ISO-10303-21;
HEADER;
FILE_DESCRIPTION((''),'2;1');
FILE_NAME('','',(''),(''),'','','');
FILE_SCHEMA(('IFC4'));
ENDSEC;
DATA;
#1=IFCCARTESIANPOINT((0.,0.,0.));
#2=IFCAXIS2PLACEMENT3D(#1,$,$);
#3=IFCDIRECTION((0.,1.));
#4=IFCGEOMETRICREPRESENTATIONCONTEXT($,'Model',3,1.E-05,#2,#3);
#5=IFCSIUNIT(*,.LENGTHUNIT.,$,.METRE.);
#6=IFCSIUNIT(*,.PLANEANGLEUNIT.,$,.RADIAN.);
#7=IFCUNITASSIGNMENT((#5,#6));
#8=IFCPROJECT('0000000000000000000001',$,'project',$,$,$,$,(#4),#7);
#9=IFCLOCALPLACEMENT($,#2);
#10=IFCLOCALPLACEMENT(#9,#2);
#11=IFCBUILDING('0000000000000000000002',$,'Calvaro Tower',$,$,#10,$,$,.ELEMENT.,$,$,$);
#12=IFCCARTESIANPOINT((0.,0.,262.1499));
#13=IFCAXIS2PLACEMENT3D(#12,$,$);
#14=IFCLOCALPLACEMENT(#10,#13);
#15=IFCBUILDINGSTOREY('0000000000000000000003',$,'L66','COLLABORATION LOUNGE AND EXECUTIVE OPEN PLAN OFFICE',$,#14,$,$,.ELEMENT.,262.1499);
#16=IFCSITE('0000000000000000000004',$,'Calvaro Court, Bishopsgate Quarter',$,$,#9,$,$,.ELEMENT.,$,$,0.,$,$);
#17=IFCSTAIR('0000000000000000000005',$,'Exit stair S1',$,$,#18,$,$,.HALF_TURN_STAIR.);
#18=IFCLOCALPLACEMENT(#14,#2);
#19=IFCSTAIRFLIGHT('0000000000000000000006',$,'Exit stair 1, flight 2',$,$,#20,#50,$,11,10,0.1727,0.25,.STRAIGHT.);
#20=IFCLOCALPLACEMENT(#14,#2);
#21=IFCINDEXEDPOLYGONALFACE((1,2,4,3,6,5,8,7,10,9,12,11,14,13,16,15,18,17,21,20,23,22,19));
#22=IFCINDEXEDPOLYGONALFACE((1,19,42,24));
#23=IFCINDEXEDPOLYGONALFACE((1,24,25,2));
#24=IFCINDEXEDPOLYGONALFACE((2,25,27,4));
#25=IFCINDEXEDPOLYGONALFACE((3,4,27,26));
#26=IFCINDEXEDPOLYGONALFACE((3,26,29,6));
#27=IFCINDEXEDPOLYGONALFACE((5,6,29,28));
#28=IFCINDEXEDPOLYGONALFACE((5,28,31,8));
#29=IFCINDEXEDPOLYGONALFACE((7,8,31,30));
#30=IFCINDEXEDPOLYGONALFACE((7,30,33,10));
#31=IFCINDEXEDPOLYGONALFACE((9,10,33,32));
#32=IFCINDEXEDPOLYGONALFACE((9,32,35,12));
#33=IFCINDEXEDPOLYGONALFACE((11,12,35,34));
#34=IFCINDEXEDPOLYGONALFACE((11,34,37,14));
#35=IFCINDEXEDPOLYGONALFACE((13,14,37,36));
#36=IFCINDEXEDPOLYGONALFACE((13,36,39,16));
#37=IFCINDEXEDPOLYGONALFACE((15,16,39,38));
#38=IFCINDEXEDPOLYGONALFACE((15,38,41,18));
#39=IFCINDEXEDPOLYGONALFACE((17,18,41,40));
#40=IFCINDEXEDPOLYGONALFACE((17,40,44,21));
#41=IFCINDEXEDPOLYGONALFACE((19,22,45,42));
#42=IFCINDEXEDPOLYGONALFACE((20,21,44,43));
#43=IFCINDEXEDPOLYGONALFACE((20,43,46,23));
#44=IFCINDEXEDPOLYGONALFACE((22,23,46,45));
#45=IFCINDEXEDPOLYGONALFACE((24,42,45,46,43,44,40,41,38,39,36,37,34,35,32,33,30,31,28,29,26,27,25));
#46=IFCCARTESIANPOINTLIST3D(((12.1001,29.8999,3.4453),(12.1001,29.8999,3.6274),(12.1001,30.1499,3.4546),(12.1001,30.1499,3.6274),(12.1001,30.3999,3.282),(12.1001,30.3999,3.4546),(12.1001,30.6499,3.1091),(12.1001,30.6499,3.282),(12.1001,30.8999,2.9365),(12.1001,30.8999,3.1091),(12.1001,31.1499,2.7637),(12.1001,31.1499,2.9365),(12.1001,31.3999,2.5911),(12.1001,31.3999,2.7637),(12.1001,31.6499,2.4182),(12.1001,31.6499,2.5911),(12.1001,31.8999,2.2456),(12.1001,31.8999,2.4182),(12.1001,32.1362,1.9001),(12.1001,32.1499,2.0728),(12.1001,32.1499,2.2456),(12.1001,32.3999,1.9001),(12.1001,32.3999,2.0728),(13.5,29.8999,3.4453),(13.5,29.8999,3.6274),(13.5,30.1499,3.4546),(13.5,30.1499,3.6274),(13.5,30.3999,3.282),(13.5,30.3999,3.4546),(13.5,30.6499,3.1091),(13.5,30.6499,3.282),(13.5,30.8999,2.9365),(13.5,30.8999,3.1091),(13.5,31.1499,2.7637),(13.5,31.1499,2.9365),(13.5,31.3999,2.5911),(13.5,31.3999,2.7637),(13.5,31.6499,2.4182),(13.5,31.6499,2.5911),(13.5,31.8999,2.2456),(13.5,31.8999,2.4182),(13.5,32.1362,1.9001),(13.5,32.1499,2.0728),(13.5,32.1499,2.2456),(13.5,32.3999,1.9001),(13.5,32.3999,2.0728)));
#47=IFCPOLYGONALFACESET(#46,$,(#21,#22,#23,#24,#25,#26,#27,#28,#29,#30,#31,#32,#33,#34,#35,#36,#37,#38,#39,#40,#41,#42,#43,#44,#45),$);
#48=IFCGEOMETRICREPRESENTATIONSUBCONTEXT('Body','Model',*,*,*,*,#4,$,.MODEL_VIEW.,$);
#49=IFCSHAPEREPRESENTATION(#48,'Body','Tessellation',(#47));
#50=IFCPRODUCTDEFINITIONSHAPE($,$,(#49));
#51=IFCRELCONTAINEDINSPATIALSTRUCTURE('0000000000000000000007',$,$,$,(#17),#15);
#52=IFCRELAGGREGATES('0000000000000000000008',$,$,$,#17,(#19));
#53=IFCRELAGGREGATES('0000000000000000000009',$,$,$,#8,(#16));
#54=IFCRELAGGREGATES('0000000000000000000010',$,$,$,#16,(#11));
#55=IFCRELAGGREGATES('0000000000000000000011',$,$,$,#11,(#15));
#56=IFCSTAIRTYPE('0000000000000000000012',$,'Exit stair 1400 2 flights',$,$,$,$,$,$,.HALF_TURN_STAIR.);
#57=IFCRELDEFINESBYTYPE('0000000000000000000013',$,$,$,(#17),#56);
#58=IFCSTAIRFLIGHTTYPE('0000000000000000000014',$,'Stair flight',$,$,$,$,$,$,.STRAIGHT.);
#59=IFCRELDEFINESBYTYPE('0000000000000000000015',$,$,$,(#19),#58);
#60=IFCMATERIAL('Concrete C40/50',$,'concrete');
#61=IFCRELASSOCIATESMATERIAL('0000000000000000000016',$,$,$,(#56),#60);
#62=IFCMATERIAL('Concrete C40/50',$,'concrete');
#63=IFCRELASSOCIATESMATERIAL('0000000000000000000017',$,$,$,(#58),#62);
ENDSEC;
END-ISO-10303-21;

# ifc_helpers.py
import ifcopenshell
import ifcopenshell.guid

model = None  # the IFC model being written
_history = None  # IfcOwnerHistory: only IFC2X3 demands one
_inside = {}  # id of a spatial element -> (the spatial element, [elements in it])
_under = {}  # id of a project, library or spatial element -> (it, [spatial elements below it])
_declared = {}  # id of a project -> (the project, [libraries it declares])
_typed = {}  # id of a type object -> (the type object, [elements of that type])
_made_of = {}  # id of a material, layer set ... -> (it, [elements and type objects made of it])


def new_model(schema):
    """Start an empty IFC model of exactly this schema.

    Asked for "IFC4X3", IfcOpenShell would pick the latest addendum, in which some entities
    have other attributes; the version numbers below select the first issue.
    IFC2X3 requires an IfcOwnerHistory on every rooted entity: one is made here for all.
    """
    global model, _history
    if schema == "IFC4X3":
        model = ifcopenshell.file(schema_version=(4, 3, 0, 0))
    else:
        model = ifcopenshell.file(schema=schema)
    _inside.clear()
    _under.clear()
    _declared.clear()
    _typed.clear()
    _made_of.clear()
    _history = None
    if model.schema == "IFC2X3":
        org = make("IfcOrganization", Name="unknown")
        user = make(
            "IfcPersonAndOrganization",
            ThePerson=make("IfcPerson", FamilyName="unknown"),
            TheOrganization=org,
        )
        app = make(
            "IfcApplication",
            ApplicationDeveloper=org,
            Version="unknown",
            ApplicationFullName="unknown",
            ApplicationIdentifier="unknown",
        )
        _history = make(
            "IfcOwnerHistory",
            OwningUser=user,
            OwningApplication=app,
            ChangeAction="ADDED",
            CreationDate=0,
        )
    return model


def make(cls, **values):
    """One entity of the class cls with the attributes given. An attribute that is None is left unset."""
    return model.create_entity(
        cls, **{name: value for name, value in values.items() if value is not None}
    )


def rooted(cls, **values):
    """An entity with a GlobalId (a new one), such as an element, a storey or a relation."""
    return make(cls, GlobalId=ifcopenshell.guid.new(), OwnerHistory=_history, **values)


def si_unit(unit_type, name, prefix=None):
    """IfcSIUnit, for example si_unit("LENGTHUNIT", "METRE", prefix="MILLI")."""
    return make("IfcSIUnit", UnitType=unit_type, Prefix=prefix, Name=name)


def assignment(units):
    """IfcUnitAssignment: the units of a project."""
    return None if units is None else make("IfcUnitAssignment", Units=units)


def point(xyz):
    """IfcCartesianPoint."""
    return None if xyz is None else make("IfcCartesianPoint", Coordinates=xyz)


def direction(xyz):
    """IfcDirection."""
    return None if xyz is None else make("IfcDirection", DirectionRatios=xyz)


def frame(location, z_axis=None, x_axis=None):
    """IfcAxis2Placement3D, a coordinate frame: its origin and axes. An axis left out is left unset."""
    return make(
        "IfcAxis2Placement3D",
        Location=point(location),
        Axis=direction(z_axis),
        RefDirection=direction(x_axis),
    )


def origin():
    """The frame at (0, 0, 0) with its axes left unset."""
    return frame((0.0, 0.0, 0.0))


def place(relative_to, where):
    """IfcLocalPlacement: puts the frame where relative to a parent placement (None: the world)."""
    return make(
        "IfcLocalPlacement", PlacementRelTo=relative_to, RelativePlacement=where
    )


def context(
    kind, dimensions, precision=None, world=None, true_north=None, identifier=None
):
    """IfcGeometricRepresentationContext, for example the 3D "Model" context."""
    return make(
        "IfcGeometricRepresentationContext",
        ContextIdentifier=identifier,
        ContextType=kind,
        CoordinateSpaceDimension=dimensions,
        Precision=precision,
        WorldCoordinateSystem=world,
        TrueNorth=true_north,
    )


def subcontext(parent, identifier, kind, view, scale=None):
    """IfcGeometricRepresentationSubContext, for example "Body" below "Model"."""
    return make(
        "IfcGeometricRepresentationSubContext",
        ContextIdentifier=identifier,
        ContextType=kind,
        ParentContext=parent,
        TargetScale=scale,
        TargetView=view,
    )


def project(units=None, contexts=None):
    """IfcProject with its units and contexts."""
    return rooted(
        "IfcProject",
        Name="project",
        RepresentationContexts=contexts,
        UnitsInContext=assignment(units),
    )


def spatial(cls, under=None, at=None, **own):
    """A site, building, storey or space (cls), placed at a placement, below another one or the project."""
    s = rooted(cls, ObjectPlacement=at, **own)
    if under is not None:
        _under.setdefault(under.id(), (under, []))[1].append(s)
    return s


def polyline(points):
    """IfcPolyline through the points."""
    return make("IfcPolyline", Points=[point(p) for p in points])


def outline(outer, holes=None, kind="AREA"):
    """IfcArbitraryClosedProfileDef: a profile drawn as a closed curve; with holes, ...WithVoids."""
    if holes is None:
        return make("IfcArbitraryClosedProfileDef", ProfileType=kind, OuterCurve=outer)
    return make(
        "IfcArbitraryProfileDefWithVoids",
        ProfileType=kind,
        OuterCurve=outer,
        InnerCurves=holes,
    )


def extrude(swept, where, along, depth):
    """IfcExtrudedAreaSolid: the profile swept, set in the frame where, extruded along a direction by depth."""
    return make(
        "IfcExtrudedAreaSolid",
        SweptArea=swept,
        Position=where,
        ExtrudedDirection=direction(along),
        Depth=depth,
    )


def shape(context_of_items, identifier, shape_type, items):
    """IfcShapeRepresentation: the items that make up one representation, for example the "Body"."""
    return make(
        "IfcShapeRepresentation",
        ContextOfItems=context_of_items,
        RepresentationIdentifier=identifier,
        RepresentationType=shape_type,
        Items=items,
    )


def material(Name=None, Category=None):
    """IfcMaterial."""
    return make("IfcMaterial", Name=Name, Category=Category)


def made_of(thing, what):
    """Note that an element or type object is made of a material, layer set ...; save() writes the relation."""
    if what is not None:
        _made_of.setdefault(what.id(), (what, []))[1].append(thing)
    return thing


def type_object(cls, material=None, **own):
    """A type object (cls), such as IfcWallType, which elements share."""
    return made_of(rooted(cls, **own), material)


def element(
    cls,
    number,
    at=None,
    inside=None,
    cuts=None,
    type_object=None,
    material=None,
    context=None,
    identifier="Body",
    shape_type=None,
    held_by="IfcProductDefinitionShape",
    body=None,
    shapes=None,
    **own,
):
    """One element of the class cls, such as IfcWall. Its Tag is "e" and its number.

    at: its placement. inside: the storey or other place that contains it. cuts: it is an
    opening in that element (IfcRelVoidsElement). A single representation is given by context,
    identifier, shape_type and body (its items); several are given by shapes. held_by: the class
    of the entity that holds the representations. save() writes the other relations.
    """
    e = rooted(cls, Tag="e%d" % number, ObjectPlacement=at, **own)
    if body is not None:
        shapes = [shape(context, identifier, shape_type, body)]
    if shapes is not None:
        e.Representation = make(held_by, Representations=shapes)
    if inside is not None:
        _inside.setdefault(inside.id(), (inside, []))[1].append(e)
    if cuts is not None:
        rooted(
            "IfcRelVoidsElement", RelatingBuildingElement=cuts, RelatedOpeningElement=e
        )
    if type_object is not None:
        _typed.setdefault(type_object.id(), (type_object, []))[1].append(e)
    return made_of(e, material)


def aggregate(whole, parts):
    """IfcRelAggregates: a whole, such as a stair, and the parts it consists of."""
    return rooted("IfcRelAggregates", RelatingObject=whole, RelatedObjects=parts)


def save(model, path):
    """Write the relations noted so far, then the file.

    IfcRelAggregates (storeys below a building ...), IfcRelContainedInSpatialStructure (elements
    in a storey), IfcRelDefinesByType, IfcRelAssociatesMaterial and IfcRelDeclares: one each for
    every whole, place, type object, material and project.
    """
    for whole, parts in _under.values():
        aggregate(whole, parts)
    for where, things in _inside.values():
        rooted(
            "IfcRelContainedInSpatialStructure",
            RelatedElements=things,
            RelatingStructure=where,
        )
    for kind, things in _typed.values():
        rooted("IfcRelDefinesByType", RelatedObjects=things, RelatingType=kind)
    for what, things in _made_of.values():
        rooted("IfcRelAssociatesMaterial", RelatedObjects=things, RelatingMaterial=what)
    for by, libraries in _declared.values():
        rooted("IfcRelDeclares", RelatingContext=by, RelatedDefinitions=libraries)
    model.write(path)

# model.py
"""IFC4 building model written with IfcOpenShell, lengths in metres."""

from ifc_helpers import new_model, si_unit, direction, frame, origin, place, context, subcontext, project, spatial, polyline, outline, extrude, material, type_object, element, aggregate, save


model = new_model("IFC4")

# Units and contexts
model_context = context("Model", 3, precision=1e-05, world=origin(), true_north=direction((0.0, 1.0)))
body_context = subcontext(model_context, "Body", "Model", "MODEL_VIEW")
ifc_project = project(units=[si_unit("LENGTHUNIT", "METRE"), si_unit("PLANEANGLEUNIT", "RADIAN")], contexts=[model_context])

# Site, building, storey
site_placement = place(None, origin())
site = spatial("IfcSite", under=ifc_project, at=site_placement, Name="Calvaro Court, Bishopsgate Quarter", CompositionType="ELEMENT", RefElevation=0.0)
building_placement = place(site_placement, origin())
building = spatial("IfcBuilding", under=site, at=building_placement, Name="Calvaro Tower", CompositionType="ELEMENT")
storey_placement = place(building_placement, frame((0.0, 0.0, 262.1499)))
storey = spatial("IfcBuildingStorey", under=building, at=storey_placement, Name="L66", Description="COLLABORATION LOUNGE AND EXECUTIVE OPEN PLAN OFFICE", CompositionType="ELEMENT", Elevation=262.1499)

# Stair, stair flight
ifc_material_1 = material(Name="Concrete C40/50", Category="concrete")
stair_type = type_object("IfcStairType", Name="Exit stair 1400 2 flights", PredefinedType="HALF_TURN_STAIR", material=ifc_material_1)
stair_placement = place(storey_placement, origin())
stair = element("IfcStair", 1, at=stair_placement, inside=storey, type_object=stair_type, Name="Exit stair S1", PredefinedType="HALF_TURN_STAIR")
ifc_material_2 = material(Name="Concrete C40/50", Category="concrete")
stair_flight_type = type_object("IfcStairFlightType", Name="Stair flight", PredefinedType="STRAIGHT", material=ifc_material_2)
stair_flight_placement = place(storey_placement, frame((12.8, 32.3999, 1.9001), z_axis=(0.0, 0.0, 1.0), x_axis=(0.0, -1.0, 0.0)))
stair_flight = element("IfcStairFlight", 2, at=stair_flight_placement, type_object=stair_flight_type, Name="Exit stair 1, flight 2", NumberOfRisers=11, NumberOfTreads=10, PredefinedType="STRAIGHT", RiserHeight=0.1727, TreadLength=0.25, context=body_context, shape_type="SweptSolid", body=[
    extrude(outline(polyline([(0.0, 0.0), (0.0, 0.1726), (0.25, 0.1726), (0.25, 0.3455), (0.5, 0.3455), (0.5, 0.5181), (0.75, 0.5181), (0.75, 0.6909), (1.0, 0.6909), (1.0, 0.8635), (1.25, 0.8635), (1.25, 1.0364), (1.5, 1.0364), (1.5, 1.209), (1.75, 1.209), (1.75, 1.3818), (2.0, 1.3818), (2.0, 1.5544), (2.25, 1.5544), (2.25, 1.7273), (2.5, 1.7273), (2.5, 1.8999), (2.5, 1.5452), (0.2637, 0.0), (0.0, 0.0)])), frame((0.0, 0.7, 0.0), z_axis=(0.0, -1.0, 0.0), x_axis=(1.0, 0.0, 0.0)), (0.0, 0.0, 1.0), 1.3999),
])
aggregate(stair, [stair_flight])

save(model, "model.ifc")
